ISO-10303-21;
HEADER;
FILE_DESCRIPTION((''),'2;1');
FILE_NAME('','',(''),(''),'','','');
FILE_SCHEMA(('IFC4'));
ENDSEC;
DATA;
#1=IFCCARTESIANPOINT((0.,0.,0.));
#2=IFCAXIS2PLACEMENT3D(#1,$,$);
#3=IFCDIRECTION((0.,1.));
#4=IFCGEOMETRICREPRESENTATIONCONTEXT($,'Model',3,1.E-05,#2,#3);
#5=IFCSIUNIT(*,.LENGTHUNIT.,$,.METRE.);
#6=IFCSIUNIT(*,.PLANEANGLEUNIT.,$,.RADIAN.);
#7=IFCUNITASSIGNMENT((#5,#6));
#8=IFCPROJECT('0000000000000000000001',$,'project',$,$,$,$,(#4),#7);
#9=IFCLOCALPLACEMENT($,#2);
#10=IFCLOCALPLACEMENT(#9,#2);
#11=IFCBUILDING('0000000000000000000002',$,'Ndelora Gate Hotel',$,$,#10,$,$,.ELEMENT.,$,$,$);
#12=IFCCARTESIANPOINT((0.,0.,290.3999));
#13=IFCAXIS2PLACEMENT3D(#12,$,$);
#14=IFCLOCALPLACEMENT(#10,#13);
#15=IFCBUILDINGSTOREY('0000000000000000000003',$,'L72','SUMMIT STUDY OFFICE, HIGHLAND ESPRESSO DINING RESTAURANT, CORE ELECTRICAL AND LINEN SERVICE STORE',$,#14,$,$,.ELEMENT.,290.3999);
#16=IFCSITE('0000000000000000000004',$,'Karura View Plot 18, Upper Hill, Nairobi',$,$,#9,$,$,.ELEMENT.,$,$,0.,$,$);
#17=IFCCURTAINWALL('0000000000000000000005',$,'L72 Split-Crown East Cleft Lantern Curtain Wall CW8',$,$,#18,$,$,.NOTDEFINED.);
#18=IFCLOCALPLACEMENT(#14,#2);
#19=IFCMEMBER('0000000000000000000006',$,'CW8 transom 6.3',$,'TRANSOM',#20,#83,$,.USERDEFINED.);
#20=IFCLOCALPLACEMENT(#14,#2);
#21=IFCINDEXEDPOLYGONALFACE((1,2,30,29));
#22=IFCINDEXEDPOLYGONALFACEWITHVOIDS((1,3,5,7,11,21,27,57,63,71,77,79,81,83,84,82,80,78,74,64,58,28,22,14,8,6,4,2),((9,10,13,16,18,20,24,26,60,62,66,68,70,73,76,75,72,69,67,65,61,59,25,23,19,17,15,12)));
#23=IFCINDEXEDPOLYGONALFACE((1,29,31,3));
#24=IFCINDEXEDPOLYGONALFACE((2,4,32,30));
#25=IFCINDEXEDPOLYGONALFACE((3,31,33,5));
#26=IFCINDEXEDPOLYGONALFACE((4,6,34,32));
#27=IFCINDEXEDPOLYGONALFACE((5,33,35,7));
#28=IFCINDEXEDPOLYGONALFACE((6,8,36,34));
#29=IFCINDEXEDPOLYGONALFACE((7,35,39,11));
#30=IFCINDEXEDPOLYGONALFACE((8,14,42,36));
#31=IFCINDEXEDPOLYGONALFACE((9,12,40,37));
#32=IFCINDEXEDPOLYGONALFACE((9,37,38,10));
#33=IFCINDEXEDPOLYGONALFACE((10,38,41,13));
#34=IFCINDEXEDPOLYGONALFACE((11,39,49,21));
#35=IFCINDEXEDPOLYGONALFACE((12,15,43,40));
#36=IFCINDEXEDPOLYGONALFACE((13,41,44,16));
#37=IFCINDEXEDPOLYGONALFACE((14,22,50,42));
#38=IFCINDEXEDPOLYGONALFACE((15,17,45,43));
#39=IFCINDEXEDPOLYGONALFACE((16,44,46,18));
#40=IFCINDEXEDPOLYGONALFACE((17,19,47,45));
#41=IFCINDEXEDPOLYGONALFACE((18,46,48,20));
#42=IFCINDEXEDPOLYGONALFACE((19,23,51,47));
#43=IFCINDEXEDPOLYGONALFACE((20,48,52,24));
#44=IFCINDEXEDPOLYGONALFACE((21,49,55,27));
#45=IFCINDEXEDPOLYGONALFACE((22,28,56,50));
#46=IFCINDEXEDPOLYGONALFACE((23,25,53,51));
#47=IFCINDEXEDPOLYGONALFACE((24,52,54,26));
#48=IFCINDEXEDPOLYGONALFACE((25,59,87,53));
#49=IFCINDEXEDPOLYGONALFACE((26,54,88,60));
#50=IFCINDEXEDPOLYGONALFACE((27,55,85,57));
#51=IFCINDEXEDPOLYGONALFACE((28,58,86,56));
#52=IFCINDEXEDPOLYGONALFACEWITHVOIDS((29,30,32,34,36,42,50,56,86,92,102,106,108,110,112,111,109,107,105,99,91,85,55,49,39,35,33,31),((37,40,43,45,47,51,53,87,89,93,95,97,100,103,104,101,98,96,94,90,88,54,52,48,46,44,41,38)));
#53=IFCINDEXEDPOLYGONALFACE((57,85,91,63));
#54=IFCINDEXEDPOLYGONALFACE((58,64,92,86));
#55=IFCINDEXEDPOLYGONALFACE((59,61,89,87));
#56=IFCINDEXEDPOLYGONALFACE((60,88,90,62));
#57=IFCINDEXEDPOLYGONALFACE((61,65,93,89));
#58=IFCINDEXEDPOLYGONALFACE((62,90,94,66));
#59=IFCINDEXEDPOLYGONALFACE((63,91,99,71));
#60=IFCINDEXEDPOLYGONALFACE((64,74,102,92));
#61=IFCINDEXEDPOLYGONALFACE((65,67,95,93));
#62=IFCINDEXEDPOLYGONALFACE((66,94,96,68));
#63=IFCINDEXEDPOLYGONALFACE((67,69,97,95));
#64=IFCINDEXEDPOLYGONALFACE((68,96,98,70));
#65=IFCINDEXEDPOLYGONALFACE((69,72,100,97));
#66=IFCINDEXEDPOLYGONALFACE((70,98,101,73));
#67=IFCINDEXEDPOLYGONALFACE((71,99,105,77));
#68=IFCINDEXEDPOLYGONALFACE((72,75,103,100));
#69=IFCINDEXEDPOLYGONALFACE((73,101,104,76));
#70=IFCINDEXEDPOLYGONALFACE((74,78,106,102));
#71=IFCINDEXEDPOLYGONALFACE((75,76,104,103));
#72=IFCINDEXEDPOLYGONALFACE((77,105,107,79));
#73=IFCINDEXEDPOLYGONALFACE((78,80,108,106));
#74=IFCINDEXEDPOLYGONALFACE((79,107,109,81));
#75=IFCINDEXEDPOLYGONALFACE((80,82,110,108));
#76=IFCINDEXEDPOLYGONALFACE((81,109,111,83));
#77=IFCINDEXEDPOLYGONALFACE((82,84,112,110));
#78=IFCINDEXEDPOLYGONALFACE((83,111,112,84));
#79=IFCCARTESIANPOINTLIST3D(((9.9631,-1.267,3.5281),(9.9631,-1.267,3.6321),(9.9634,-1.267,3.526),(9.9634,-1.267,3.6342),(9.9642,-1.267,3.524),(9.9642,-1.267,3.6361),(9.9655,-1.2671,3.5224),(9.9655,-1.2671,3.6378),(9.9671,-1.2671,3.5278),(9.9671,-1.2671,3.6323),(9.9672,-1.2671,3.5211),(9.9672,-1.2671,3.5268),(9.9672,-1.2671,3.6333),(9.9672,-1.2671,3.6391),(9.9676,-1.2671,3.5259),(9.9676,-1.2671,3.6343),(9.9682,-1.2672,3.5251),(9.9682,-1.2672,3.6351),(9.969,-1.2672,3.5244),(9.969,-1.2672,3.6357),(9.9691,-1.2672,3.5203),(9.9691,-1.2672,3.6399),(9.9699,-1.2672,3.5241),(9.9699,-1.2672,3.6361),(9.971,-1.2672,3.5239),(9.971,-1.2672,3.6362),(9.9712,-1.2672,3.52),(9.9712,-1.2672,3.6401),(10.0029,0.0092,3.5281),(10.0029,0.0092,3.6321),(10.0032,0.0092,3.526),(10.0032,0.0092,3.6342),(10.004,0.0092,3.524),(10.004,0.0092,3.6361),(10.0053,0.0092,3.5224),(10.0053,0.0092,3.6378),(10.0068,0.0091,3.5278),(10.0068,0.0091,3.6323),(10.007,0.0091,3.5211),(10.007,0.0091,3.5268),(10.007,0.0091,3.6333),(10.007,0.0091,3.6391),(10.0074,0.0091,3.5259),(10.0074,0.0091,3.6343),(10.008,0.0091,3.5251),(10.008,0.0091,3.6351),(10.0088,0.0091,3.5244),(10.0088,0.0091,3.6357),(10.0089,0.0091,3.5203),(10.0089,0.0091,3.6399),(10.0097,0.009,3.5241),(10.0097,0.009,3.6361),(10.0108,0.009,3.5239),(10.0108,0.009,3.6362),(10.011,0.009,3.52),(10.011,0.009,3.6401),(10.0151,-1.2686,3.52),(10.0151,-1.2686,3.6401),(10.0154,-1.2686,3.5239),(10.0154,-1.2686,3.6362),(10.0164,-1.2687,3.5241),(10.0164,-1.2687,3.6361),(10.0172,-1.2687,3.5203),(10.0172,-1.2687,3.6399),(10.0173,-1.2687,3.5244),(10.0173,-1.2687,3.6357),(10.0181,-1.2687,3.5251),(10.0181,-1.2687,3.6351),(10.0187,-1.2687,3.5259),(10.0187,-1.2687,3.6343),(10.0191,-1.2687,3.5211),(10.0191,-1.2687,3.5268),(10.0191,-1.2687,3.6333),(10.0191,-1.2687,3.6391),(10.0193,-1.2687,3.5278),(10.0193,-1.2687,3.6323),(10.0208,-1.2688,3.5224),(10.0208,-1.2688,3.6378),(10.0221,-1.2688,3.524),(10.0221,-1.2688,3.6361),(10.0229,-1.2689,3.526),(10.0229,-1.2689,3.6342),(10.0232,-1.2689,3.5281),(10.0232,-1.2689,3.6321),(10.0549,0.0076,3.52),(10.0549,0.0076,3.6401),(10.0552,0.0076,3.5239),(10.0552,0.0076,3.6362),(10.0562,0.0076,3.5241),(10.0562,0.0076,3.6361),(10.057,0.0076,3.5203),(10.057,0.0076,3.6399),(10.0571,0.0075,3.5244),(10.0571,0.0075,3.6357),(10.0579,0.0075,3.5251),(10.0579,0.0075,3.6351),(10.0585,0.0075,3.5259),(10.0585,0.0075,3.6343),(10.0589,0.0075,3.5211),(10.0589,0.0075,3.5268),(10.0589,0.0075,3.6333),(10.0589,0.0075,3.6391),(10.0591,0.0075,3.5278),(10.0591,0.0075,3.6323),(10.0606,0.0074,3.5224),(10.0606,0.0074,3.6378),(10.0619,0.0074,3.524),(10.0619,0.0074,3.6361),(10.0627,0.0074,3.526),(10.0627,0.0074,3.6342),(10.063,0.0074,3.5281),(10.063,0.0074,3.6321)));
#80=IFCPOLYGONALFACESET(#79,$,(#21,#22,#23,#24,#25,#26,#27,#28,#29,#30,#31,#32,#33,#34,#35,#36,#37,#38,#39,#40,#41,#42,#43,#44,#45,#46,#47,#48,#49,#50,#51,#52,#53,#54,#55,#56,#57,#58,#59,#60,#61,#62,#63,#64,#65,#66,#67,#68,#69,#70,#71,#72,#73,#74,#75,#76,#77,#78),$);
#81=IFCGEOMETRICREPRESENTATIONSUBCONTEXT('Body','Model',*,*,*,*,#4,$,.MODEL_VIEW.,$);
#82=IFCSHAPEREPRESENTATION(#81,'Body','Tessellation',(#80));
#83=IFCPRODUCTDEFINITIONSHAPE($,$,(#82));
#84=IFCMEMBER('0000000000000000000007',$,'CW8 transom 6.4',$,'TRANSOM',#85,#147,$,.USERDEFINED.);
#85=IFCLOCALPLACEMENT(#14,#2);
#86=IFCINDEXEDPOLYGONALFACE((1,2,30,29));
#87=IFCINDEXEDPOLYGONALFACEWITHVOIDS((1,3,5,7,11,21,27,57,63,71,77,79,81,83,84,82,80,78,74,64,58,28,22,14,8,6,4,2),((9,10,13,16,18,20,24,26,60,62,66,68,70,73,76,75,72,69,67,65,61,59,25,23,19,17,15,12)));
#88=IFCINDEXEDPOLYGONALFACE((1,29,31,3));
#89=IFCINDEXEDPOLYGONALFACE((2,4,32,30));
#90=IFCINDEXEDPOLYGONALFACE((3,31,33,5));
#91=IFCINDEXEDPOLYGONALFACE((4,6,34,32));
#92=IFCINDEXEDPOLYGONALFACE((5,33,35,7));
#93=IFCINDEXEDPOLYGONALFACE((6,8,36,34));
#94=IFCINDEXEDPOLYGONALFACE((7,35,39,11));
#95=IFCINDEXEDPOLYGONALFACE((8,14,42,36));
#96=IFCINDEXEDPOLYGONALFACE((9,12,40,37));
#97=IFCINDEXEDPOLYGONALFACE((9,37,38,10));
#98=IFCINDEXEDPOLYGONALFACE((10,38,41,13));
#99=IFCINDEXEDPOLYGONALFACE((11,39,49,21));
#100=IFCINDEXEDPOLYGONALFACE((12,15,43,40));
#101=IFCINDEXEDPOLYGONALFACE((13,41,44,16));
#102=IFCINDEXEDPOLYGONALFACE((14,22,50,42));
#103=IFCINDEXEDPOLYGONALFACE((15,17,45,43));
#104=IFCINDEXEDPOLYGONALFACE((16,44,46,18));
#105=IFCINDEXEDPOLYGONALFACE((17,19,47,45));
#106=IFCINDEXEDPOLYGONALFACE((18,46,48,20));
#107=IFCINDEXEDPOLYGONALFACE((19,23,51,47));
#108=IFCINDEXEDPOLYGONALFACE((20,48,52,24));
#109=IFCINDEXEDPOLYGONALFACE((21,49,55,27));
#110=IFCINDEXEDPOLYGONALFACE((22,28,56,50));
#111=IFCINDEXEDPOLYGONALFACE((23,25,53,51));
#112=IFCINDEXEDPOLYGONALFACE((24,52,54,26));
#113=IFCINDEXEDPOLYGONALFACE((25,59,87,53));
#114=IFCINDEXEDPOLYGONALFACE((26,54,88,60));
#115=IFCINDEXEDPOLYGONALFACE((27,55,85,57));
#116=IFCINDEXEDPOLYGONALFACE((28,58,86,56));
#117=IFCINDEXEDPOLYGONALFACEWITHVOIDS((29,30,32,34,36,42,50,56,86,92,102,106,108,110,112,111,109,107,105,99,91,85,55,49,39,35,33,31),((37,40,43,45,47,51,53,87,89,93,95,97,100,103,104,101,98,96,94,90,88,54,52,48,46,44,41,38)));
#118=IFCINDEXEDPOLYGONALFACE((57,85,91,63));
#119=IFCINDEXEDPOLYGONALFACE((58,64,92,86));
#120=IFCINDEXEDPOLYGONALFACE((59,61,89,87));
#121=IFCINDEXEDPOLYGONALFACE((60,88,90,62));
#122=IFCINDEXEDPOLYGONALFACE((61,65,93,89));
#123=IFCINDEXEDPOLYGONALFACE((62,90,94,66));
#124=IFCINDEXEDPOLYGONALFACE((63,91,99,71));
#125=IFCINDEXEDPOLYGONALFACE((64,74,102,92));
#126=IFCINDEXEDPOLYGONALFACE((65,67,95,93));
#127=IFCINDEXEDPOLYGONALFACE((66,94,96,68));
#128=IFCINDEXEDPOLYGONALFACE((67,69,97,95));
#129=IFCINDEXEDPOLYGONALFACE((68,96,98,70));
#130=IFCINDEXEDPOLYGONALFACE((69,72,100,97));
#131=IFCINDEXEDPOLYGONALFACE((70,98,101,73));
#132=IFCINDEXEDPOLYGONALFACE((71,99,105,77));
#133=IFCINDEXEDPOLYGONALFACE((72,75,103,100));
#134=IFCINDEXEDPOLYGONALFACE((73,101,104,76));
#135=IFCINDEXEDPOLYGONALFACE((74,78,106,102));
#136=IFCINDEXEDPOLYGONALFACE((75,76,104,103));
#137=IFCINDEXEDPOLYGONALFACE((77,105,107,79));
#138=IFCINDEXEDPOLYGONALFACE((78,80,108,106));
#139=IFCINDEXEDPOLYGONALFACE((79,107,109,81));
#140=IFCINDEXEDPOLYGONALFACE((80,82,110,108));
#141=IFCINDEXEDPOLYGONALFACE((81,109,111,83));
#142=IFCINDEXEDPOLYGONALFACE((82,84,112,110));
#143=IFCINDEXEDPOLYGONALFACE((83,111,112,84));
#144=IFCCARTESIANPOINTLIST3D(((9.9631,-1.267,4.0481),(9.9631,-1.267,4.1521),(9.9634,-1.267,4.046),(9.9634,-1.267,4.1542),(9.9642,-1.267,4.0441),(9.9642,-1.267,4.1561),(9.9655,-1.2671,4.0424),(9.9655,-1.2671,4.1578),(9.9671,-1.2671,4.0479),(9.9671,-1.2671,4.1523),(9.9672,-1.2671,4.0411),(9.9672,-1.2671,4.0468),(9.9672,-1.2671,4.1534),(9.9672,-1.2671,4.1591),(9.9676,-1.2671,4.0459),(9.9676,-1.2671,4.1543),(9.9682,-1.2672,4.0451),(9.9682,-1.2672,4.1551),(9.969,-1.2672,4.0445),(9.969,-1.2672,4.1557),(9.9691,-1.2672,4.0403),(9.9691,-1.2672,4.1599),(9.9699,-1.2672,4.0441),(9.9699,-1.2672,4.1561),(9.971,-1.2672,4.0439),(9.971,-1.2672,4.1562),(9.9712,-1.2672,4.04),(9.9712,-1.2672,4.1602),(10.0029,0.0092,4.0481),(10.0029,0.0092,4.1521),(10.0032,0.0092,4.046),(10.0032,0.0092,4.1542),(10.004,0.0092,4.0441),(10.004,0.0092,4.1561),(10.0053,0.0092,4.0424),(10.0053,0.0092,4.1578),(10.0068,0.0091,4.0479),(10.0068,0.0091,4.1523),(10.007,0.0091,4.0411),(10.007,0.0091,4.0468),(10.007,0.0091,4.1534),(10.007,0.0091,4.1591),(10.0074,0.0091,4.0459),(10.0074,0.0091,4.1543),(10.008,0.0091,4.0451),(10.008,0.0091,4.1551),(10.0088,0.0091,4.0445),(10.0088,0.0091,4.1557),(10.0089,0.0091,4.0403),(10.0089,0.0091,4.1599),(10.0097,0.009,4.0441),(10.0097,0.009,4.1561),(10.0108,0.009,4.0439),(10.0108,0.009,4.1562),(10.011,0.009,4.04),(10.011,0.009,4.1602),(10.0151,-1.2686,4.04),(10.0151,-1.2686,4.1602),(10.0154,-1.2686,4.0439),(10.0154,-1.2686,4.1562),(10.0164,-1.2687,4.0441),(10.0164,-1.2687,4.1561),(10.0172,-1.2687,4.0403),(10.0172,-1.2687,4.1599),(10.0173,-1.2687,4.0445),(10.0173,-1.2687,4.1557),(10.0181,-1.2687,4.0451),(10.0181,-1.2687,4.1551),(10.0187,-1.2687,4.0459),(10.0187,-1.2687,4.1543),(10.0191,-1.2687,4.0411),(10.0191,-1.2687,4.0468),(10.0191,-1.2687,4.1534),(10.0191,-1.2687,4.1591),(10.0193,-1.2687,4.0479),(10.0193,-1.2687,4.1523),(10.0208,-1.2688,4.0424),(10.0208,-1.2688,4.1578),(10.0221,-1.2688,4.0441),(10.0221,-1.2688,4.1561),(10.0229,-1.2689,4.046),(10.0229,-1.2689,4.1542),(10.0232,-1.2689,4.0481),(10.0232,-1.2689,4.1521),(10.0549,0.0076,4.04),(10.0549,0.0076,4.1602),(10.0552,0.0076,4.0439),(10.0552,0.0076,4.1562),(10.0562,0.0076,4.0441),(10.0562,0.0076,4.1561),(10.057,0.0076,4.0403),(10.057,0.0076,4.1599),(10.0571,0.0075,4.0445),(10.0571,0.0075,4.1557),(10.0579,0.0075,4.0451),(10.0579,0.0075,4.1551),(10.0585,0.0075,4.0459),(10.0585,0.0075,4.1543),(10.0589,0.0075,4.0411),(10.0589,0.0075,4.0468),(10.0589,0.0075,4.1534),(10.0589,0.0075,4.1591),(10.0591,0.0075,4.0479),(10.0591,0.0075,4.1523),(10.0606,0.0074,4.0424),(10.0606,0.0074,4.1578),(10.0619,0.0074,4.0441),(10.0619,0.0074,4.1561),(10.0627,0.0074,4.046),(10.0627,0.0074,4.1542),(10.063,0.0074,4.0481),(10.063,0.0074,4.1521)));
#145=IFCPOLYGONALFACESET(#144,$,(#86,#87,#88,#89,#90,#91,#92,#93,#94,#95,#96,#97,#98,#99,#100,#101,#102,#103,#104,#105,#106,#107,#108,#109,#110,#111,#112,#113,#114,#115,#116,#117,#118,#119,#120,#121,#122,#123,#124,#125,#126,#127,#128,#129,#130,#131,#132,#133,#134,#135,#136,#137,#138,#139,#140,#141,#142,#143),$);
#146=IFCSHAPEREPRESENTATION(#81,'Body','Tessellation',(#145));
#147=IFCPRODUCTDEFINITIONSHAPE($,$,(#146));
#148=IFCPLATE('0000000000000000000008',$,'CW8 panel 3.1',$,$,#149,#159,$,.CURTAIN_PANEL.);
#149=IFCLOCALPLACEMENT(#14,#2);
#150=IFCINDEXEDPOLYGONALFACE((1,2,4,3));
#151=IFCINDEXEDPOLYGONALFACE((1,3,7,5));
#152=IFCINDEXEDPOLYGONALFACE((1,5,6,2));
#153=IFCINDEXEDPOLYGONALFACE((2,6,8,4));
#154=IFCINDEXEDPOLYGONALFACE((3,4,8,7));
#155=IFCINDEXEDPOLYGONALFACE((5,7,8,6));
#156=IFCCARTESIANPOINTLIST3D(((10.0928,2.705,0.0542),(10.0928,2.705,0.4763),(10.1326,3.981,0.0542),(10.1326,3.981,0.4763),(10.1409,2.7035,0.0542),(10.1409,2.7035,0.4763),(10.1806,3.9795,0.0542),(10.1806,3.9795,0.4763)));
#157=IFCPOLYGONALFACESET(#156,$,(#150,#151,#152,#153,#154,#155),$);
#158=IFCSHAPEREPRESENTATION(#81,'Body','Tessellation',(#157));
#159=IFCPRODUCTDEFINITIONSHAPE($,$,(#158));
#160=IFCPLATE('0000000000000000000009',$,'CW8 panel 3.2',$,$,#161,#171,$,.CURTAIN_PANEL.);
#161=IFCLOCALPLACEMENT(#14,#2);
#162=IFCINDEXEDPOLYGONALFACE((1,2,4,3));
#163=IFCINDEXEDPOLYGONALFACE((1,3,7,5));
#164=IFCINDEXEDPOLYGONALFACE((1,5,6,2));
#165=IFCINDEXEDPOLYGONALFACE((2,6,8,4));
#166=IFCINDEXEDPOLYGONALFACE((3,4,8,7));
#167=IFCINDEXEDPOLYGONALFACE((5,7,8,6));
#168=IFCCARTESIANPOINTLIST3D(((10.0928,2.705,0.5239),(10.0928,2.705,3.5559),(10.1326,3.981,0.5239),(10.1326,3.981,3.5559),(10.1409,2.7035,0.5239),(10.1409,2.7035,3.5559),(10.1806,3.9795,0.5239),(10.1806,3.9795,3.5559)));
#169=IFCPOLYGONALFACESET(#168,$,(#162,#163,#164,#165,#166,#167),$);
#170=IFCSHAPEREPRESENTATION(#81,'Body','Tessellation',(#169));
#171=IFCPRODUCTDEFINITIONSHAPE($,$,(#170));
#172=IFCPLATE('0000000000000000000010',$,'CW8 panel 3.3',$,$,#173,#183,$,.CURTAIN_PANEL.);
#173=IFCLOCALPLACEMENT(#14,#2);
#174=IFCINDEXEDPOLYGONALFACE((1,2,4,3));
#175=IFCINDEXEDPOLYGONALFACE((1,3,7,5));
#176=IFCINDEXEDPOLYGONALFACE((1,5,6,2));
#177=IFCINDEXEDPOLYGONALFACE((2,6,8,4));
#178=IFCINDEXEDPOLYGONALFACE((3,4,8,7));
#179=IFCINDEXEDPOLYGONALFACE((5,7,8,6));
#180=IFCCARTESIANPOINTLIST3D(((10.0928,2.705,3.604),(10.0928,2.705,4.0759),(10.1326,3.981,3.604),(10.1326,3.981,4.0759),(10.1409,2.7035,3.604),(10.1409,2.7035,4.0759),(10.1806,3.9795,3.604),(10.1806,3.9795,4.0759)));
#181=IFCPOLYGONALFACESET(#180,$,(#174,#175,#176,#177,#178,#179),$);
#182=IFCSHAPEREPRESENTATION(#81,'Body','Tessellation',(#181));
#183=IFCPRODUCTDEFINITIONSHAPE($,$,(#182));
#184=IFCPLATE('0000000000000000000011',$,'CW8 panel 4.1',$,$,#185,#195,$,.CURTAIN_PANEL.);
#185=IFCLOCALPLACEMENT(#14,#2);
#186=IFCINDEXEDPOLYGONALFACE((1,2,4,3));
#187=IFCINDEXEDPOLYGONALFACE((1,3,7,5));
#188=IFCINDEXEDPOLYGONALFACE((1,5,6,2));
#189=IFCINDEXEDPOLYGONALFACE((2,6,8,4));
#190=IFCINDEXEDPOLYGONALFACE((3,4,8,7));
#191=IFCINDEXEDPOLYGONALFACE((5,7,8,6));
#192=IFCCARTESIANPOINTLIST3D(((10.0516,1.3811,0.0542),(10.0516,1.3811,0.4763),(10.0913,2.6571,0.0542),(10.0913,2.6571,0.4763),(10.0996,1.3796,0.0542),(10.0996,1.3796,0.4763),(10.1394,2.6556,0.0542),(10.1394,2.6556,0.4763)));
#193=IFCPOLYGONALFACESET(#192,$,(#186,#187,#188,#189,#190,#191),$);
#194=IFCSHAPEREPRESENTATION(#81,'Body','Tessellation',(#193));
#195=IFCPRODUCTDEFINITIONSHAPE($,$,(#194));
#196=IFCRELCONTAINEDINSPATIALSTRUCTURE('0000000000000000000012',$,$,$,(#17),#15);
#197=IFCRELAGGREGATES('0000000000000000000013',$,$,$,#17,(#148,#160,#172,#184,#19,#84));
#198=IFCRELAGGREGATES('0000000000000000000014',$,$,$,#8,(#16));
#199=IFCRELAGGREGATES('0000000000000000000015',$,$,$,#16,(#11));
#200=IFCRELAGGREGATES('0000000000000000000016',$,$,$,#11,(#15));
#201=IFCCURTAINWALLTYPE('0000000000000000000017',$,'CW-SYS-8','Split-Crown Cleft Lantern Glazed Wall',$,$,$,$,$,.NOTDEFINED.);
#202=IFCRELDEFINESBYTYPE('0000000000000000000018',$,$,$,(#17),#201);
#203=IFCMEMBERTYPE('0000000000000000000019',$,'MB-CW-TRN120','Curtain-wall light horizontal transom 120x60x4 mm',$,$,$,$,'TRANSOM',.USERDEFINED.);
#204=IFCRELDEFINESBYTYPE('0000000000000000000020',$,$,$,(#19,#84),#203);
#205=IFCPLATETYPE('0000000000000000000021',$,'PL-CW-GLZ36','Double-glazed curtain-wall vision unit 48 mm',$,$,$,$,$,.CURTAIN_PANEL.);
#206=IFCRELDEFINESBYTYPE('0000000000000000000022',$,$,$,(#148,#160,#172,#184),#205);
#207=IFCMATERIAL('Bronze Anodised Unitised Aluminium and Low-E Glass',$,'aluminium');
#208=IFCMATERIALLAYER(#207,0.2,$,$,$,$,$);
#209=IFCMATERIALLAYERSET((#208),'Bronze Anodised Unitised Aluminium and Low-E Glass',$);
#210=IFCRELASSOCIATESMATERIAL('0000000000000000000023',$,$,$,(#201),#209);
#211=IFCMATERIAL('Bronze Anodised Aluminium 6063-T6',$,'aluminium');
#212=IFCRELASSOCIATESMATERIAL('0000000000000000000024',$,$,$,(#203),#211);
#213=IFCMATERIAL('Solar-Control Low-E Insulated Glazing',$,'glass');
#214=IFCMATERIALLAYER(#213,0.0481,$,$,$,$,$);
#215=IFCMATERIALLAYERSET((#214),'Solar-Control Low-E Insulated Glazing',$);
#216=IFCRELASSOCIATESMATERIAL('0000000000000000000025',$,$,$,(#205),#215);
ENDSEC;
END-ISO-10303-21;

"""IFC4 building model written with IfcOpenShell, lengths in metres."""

from ifc_helpers import new_model, si_unit, direction, frame, origin, origin_2d, place, context, subcontext, project, spatial, rectangle, hollow_rectangle, extrude, material, layer, layer_set, material_profile, profile_set, type_object, element, aggregate, save


model = new_model("IFC4")

# Units and contexts
model_context = context("Model", 3, precision=1e-05, world=origin(), true_north=direction((0.0, 1.0)))
body_context = subcontext(model_context, "Body", "Model", "MODEL_VIEW")
ifc_project = project(units=[si_unit("LENGTHUNIT", "METRE"), si_unit("PLANEANGLEUNIT", "RADIAN")], contexts=[model_context])

# Site, building, storey
site_placement = place(None, origin())
site = spatial("IfcSite", under=ifc_project, at=site_placement, Name="Karura View Plot 18, Upper Hill, Nairobi", CompositionType="ELEMENT", RefElevation=0.0)
building_placement = place(site_placement, origin())
building = spatial("IfcBuilding", under=site, at=building_placement, Name="Ndelora Gate Hotel", CompositionType="ELEMENT")
storey_placement = place(building_placement, frame((0.0, 0.0, 290.3999)))
storey = spatial("IfcBuildingStorey", under=building, at=storey_placement, Name="L72", Description="SUMMIT STUDY OFFICE, HIGHLAND ESPRESSO DINING RESTAURANT, CORE ELECTRICAL AND LINEN SERVICE STORE", CompositionType="ELEMENT", Elevation=290.3999)

# Curtain wall, members, plates
ifc_material_1 = material(Name="Bronze Anodised Unitised Aluminium and Low-E Glass", Category="aluminium")
ifc_layer_1 = layer(ifc_material_1, 0.2)
ifc_layer_set_1 = layer_set([ifc_layer_1], Name="Bronze Anodised Unitised Aluminium and Low-E Glass")
curtain_wall_type = type_object("IfcCurtainWallType", Name="CW-SYS-8", Description="Split-Crown Cleft Lantern Glazed Wall", PredefinedType="NOTDEFINED", material=ifc_layer_set_1)
curtain_wall_placement = place(storey_placement, origin())
curtain_wall = element("IfcCurtainWall", 1, at=curtain_wall_placement, inside=storey, type_object=curtain_wall_type, Name="L72 Split-Crown East Cleft Lantern Curtain Wall CW8", PredefinedType="NOTDEFINED")
ifc_material_2 = material(Name="Bronze Anodised Aluminium 6063-T6", Category="aluminium")
ifc_material_profile_1 = material_profile(ifc_material_2, hollow_rectangle(XDim=0.0601, YDim=0.1201, WallThickness=0.0039, InnerFilletRadius=0.0039, OuterFilletRadius=0.0081, at=origin_2d()), Name="ALU 120x60x4")
ifc_profile_set_1 = profile_set([ifc_material_profile_1], Name="Bronze Anodised Aluminium 6063-T6")
member_type_1 = type_object("IfcMemberType", Name="MB-CW-TRN120", Description="Curtain-wall light horizontal transom 120x60x4 mm", ElementType="TRANSOM", PredefinedType="USERDEFINED", material=ifc_profile_set_1)
member_1_placement = place(storey_placement, frame((10.033, 0.0083, 3.5801), z_axis=(-0.031169, -0.999514, 0.0), x_axis=(0.999514, -0.031169, 0.0)))
member_1 = element("IfcMember", 2, at=member_1_placement, type_object=member_type_1, Name="CW8 transom 6.3", ObjectType="TRANSOM", PredefinedType="USERDEFINED", context=body_context, shape_type="SweptSolid", body=[
    extrude(hollow_rectangle(XDim=0.0601, YDim=0.1201, WallThickness=0.0039, InnerFilletRadius=0.0039, OuterFilletRadius=0.0081, at=origin_2d()), origin(), (0.0, 0.0, 1.0), 1.2769),
])
member_2_placement = place(storey_placement, frame((10.033, 0.0083, 4.1001), z_axis=(-0.031169, -0.999514, 0.0), x_axis=(0.999514, -0.031169, 0.0)))
member_2 = element("IfcMember", 3, at=member_2_placement, type_object=member_type_1, Name="CW8 transom 6.4", ObjectType="TRANSOM", PredefinedType="USERDEFINED", context=body_context, shape_type="SweptSolid", body=[
    extrude(hollow_rectangle(XDim=0.0601, YDim=0.1201, WallThickness=0.0039, InnerFilletRadius=0.0039, OuterFilletRadius=0.0081, at=origin_2d()), origin(), (0.0, 0.0, 1.0), 1.2769),
])
ifc_material_3 = material(Name="Solar-Control Low-E Insulated Glazing", Category="glass")
ifc_layer_2 = layer(ifc_material_3, 0.0481)
ifc_layer_set_2 = layer_set([ifc_layer_2], Name="Solar-Control Low-E Insulated Glazing")
plate_type = type_object("IfcPlateType", Name="PL-CW-GLZ36", Description="Double-glazed curtain-wall vision unit 48 mm", PredefinedType="CURTAIN_PANEL", material=ifc_layer_set_2)
plate_1_placement = place(storey_placement, frame((10.1367, 3.3423, 0.0542), z_axis=(0.0, 0.0, 1.0), x_axis=(-0.031131, -0.999515, 0.0)))
plate_1 = element("IfcPlate", 4, at=plate_1_placement, type_object=plate_type, Name="CW8 panel 3.1", PredefinedType="CURTAIN_PANEL", context=body_context, shape_type="SweptSolid", body=[
    extrude(rectangle(XDim=1.2766, YDim=0.0481, at=origin_2d()), origin(), (0.0, 0.0, 1.0), 0.4221),
])
plate_2_placement = place(storey_placement, frame((10.1367, 3.3423, 0.5239), z_axis=(0.0, 0.0, 1.0), x_axis=(-0.031131, -0.999515, 0.0)))
plate_2 = element("IfcPlate", 5, at=plate_2_placement, type_object=plate_type, Name="CW8 panel 3.2", PredefinedType="CURTAIN_PANEL", context=body_context, shape_type="SweptSolid", body=[
    extrude(rectangle(XDim=1.2766, YDim=0.0481, at=origin_2d()), origin(), (0.0, 0.0, 1.0), 3.032),
])
plate_3_placement = place(storey_placement, frame((10.1367, 3.3423, 3.604), z_axis=(0.0, 0.0, 1.0), x_axis=(-0.031131, -0.999515, 0.0)))
plate_3 = element("IfcPlate", 6, at=plate_3_placement, type_object=plate_type, Name="CW8 panel 3.3", PredefinedType="CURTAIN_PANEL", context=body_context, shape_type="SweptSolid", body=[
    extrude(rectangle(XDim=1.2766, YDim=0.0481, at=origin_2d()), origin(), (0.0, 0.0, 1.0), 0.4719),
])
plate_4_placement = place(storey_placement, frame((10.0955, 2.0183, 0.0542), z_axis=(0.0, 0.0, 1.0), x_axis=(-0.031131, -0.999515, 0.0)))
plate_4 = element("IfcPlate", 7, at=plate_4_placement, type_object=plate_type, Name="CW8 panel 4.1", PredefinedType="CURTAIN_PANEL", context=body_context, shape_type="SweptSolid", body=[
    extrude(rectangle(XDim=1.2766, YDim=0.0481, at=origin_2d()), origin(), (0.0, 0.0, 1.0), 0.4221),
])
aggregate(curtain_wall, [plate_1, plate_2, plate_3, plate_4, member_1, member_2])

save(model, "model.ifc")
